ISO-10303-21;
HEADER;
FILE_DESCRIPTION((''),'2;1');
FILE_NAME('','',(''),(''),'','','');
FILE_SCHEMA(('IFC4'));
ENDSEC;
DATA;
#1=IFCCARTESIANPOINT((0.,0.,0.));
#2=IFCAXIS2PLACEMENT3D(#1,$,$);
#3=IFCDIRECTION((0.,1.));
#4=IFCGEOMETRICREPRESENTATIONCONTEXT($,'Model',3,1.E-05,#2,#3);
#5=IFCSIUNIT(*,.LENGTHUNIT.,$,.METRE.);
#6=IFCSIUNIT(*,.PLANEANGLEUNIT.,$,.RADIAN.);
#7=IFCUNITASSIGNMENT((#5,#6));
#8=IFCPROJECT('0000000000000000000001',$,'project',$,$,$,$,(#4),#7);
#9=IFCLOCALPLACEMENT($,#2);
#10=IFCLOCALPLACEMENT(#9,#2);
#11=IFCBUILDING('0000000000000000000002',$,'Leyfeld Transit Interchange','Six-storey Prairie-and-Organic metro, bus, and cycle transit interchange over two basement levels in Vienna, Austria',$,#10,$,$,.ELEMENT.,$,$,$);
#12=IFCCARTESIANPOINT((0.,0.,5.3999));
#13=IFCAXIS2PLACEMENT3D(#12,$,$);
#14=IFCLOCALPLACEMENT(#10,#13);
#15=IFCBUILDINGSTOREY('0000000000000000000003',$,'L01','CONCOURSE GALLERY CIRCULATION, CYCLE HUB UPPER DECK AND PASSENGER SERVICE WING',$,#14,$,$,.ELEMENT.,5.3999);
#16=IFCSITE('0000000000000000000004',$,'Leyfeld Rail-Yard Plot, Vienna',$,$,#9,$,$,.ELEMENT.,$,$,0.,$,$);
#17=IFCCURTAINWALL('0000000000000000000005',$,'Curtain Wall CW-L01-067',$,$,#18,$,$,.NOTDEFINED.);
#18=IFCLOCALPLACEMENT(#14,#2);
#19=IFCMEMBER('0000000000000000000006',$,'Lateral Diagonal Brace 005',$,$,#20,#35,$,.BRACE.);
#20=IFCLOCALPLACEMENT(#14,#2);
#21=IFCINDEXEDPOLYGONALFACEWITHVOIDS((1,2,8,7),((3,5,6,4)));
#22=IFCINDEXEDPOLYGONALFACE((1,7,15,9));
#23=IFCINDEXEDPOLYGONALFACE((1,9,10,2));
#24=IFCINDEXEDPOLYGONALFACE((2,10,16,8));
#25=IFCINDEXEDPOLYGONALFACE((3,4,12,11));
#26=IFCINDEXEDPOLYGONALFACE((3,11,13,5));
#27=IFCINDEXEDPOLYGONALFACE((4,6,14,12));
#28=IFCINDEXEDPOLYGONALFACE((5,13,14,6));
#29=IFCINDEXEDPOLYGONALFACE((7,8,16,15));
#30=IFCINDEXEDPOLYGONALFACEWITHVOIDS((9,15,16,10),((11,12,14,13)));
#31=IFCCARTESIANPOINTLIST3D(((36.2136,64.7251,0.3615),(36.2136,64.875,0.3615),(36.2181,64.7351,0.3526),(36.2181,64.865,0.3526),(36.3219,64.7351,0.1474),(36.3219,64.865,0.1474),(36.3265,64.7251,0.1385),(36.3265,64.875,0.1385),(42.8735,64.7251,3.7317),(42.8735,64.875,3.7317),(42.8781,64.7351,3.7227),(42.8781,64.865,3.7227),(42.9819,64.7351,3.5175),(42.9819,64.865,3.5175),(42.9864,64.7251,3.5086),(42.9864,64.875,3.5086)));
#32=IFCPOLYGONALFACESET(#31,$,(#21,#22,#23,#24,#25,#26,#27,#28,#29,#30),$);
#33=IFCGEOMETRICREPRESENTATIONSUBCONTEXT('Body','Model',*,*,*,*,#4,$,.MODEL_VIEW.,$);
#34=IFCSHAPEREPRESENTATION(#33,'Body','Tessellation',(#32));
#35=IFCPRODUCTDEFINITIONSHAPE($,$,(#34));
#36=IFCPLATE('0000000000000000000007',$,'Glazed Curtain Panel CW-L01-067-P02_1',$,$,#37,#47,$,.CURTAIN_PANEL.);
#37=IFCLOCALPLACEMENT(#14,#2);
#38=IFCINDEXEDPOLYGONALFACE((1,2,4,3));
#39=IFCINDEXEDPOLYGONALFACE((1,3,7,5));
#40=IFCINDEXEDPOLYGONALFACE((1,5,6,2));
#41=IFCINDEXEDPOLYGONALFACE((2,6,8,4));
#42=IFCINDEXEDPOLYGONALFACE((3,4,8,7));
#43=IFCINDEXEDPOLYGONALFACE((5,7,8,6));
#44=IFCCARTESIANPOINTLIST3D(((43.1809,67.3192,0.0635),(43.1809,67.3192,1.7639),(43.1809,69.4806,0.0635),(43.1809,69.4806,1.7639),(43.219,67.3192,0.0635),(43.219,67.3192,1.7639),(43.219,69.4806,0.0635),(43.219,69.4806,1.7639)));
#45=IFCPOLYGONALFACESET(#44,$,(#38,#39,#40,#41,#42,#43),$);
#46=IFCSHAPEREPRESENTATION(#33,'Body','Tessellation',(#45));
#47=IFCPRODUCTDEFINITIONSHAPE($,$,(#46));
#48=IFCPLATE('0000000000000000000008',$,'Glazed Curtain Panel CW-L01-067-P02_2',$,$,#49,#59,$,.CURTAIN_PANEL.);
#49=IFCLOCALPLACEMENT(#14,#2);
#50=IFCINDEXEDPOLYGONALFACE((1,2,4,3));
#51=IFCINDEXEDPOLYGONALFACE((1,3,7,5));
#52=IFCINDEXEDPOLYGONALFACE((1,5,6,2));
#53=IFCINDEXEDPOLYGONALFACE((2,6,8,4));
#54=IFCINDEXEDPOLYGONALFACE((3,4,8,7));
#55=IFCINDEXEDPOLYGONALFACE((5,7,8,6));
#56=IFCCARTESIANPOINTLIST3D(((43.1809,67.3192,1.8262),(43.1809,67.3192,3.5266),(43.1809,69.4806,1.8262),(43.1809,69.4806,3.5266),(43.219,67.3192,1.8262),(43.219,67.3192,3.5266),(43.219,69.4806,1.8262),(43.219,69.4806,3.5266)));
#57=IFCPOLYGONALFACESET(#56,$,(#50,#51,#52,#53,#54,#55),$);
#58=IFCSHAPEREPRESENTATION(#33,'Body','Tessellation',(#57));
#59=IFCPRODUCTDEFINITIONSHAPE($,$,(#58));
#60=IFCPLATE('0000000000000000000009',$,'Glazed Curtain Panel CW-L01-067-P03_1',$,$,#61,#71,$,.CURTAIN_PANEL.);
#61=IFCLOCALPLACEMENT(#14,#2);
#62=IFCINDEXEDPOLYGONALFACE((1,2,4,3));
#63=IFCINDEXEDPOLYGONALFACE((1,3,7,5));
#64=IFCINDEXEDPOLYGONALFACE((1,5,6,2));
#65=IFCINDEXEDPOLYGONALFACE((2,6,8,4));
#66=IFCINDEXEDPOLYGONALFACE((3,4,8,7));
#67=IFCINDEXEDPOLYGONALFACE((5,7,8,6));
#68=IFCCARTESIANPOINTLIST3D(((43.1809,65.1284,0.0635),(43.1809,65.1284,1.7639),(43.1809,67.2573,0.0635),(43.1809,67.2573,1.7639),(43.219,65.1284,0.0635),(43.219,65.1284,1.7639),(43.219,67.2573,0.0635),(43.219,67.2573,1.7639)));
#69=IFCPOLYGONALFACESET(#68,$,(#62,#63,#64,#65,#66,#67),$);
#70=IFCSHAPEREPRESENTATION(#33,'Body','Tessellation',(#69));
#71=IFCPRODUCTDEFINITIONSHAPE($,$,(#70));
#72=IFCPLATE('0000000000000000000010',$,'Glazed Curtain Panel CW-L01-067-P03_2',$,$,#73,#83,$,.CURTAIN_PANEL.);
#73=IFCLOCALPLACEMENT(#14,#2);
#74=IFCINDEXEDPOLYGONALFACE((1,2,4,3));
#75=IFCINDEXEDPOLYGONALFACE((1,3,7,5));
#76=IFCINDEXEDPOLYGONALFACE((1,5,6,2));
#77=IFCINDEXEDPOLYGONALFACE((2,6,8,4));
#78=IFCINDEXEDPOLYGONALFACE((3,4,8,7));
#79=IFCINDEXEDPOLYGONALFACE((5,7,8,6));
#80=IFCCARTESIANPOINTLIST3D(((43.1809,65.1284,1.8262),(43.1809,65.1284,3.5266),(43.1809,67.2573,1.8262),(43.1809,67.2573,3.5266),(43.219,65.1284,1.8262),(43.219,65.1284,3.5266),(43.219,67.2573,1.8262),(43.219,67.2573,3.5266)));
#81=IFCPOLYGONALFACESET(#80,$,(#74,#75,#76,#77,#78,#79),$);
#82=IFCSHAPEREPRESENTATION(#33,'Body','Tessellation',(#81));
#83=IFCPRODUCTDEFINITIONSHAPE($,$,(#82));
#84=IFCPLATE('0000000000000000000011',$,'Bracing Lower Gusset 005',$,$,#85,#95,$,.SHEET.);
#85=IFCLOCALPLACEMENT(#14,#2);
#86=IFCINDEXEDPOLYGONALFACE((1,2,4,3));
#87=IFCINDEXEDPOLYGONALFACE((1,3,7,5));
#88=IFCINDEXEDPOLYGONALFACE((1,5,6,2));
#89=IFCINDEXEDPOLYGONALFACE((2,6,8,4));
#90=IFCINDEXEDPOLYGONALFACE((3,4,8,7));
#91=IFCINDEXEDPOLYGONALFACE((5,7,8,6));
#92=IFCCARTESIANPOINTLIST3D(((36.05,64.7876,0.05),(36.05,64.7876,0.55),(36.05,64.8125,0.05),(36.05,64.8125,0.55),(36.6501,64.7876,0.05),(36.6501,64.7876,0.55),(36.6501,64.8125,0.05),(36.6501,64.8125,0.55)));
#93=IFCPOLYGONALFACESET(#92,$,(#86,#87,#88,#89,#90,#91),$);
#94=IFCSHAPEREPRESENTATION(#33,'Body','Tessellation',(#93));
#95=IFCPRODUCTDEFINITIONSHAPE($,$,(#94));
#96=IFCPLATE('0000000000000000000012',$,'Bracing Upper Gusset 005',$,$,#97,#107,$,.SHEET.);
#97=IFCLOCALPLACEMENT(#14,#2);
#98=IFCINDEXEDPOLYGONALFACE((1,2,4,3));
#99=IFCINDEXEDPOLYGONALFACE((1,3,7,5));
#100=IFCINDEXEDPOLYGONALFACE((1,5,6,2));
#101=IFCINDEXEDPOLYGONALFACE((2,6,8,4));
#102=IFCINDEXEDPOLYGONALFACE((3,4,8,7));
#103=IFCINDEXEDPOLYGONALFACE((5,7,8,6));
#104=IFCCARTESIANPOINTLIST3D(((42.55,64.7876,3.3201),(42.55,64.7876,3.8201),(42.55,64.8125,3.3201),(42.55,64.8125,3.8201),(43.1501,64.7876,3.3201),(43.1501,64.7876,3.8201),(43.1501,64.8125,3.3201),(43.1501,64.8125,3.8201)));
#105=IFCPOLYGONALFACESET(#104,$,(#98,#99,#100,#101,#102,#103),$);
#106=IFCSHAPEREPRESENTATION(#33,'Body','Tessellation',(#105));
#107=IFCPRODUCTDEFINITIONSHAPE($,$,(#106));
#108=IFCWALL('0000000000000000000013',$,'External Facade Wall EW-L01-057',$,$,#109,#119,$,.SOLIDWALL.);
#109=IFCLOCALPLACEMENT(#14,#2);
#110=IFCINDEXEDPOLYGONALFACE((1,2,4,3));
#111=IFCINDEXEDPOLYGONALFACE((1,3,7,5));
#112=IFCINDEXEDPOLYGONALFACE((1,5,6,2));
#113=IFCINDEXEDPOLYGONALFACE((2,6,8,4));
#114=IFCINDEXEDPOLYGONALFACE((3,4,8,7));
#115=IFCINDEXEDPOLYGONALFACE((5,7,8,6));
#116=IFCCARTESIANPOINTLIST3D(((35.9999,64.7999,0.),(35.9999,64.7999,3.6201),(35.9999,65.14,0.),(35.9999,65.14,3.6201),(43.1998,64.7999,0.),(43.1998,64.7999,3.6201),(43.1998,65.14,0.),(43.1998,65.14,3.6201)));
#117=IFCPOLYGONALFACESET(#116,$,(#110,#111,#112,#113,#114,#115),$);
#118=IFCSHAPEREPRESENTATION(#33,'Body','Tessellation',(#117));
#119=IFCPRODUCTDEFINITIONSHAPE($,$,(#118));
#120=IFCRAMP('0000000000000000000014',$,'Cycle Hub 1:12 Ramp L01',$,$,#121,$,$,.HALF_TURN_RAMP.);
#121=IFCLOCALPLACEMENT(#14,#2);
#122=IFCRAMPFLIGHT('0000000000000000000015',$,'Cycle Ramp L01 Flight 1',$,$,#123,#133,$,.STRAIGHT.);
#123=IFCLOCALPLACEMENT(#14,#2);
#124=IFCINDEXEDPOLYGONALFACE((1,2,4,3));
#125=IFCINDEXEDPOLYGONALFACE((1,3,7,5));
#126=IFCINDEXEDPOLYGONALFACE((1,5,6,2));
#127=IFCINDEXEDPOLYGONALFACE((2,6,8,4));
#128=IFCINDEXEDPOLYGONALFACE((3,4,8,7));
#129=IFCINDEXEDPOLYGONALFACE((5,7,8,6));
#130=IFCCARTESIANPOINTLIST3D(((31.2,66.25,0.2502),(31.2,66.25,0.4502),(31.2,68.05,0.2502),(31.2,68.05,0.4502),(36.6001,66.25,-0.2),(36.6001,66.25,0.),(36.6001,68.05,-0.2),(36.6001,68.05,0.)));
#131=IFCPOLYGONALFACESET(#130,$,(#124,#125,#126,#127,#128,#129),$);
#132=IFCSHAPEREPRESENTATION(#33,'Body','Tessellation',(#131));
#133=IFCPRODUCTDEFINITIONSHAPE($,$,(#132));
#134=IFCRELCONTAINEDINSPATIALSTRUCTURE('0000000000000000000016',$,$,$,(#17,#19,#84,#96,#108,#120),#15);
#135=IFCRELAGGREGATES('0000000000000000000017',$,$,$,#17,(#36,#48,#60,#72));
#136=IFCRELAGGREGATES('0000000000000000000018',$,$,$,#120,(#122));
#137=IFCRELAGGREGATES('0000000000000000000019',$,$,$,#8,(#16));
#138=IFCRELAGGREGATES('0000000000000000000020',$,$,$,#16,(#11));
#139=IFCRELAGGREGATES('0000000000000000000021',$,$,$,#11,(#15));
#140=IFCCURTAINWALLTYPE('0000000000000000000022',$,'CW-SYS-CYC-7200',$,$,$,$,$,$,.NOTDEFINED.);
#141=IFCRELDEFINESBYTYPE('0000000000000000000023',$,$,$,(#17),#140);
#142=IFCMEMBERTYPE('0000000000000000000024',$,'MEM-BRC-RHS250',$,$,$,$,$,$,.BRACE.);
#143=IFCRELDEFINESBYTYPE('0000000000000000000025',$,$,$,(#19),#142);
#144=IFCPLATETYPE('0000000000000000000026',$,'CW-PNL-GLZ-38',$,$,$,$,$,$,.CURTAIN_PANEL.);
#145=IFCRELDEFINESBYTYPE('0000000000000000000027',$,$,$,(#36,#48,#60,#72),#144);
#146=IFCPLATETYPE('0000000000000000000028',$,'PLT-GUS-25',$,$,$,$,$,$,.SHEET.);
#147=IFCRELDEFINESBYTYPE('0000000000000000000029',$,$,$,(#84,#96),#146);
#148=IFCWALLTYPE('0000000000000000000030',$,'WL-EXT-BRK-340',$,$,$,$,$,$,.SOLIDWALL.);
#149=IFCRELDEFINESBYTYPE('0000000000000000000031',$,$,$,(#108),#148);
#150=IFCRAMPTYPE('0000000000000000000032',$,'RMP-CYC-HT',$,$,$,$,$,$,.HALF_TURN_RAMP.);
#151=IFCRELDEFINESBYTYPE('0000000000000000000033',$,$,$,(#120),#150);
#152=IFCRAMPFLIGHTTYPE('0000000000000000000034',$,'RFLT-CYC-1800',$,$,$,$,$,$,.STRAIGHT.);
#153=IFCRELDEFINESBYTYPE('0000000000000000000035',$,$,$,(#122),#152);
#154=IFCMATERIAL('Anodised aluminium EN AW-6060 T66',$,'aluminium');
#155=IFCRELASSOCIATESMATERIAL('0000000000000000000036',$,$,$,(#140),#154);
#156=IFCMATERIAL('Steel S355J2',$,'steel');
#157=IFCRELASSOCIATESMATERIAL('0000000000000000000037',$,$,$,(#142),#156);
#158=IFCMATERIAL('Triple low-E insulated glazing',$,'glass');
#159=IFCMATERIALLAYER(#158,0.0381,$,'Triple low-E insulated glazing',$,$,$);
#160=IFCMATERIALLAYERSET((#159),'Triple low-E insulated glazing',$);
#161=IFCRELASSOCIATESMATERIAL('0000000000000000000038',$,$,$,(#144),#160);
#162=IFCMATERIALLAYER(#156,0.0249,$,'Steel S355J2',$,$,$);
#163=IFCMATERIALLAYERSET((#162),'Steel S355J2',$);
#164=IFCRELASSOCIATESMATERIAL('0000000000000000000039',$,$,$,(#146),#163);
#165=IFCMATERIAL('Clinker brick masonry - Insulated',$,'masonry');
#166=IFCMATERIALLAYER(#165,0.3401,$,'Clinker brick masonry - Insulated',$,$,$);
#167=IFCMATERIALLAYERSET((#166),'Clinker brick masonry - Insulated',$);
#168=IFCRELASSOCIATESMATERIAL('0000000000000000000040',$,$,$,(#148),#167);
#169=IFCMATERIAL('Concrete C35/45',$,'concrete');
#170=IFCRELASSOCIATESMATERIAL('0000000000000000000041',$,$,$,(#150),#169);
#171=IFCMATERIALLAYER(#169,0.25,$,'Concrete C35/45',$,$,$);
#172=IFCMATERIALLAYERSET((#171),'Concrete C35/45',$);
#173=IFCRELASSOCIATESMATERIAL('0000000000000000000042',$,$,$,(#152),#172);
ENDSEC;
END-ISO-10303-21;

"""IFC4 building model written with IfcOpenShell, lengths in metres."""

from ifc_helpers import new_model, si_unit, direction, frame, frame_2d, origin, origin_2d, place, context, subcontext, project, spatial, polyline, rectangle, hollow_rectangle, outline, extrude, material, layer, layer_set, material_profile, profile_set, type_object, element, aggregate, save


model = new_model("IFC4")

# Units and contexts
model_context = context("Model", 3, precision=1e-05, world=origin(), true_north=direction((0.0, 1.0)))
body_context = subcontext(model_context, "Body", "Model", "MODEL_VIEW")
ifc_project = project(units=[si_unit("LENGTHUNIT", "METRE"), si_unit("PLANEANGLEUNIT", "RADIAN")], contexts=[model_context])

# Site, building, storey
site_placement = place(None, origin())
site = spatial("IfcSite", under=ifc_project, at=site_placement, Name="Leyfeld Rail-Yard Plot, Vienna", CompositionType="ELEMENT", RefElevation=0.0)
building_placement = place(site_placement, origin())
building = spatial("IfcBuilding", under=site, at=building_placement, Name="Leyfeld Transit Interchange", Description="Six-storey Prairie-and-Organic metro, bus, and cycle transit interchange over two basement levels in Vienna, Austria", CompositionType="ELEMENT")
storey_placement = place(building_placement, frame((0.0, 0.0, 5.3999)))
storey = spatial("IfcBuildingStorey", under=building, at=storey_placement, Name="L01", Description="CONCOURSE GALLERY CIRCULATION, CYCLE HUB UPPER DECK AND PASSENGER SERVICE WING", CompositionType="ELEMENT", Elevation=5.3999)

# Shared definitions
ifc_material_1 = material(Name="Concrete C35/45", Category="concrete")

# Shared definitions
ifc_material_2 = material(Name="Steel S355J2", Category="steel")

# Curtain wall
ifc_material_3 = material(Name="Anodised aluminium EN AW-6060 T66", Category="aluminium")
curtain_wall_type = type_object("IfcCurtainWallType", Name="CW-SYS-CYC-7200", PredefinedType="NOTDEFINED", material=ifc_material_3)
curtain_wall_placement = place(storey_placement, origin())
curtain_wall = element("IfcCurtainWall", 1, at=curtain_wall_placement, inside=storey, type_object=curtain_wall_type, Name="Curtain Wall CW-L01-067", PredefinedType="NOTDEFINED")

# Member
ifc_material_profile_1 = material_profile(ifc_material_2, hollow_rectangle(XDim=0.1499, YDim=0.25, WallThickness=0.01, at=origin_2d()), Name="RHS 250x150x10")
ifc_profile_set_1 = profile_set([ifc_material_profile_1], Name="Steel S355J2")
member_type_1 = type_object("IfcMemberType", Name="MEM-BRC-RHS250", PredefinedType="BRACE", material=ifc_profile_set_1)
member_1_placement = place(storey_placement, frame((36.27, 64.8, 0.25), z_axis=(0.892265, 0.0, 0.451513), x_axis=(0.0, 1.0, 0.0)))
element("IfcMember", 2, at=member_1_placement, inside=storey, type_object=member_type_1, Name="Lateral Diagonal Brace 005", PredefinedType="BRACE", context=body_context, shape_type="SweptSolid", body=[
    extrude(hollow_rectangle(XDim=0.1499, YDim=0.25, WallThickness=0.01, at=origin_2d()), origin(), (0.0, 0.0, 1.0), 7.4641),
])

# Plates
ifc_material_4 = material(Name="Triple low-E insulated glazing", Category="glass")
ifc_layer_1 = layer(ifc_material_4, 0.0381, Name="Triple low-E insulated glazing")
ifc_layer_set_1 = layer_set([ifc_layer_1], Name="Triple low-E insulated glazing")
plate_type_1 = type_object("IfcPlateType", Name="CW-PNL-GLZ-38", PredefinedType="CURTAIN_PANEL", material=ifc_layer_set_1)
plate_1_placement = place(storey_placement, frame((43.2, 68.3999, 0.0635), z_axis=(0.0, 0.0, 1.0), x_axis=(0.0, -1.0, 0.0)))
plate_1 = element("IfcPlate", 3, at=plate_1_placement, type_object=plate_type_1, Name="Glazed Curtain Panel CW-L01-067-P02_1", PredefinedType="CURTAIN_PANEL", context=body_context, shape_type="SweptSolid", body=[
    extrude(rectangle(XDim=2.1614, YDim=0.0381, at=origin_2d()), origin(), (0.0, 0.0, 1.0), 1.7004),
])
plate_2_placement = place(storey_placement, frame((43.2, 68.3999, 1.8262), z_axis=(0.0, 0.0, 1.0), x_axis=(0.0, -1.0, 0.0)))
plate_2 = element("IfcPlate", 4, at=plate_2_placement, type_object=plate_type_1, Name="Glazed Curtain Panel CW-L01-067-P02_2", PredefinedType="CURTAIN_PANEL", context=body_context, shape_type="SweptSolid", body=[
    extrude(rectangle(XDim=2.1614, YDim=0.0381, at=origin_2d()), origin(), (0.0, 0.0, 1.0), 1.7004),
])
plate_3_placement = place(storey_placement, frame((43.2, 66.1929, 0.0635), z_axis=(0.0, 0.0, 1.0), x_axis=(0.0, -1.0, 0.0)))
plate_3 = element("IfcPlate", 5, at=plate_3_placement, type_object=plate_type_1, Name="Glazed Curtain Panel CW-L01-067-P03_1", PredefinedType="CURTAIN_PANEL", context=body_context, shape_type="SweptSolid", body=[
    extrude(rectangle(XDim=2.1289, YDim=0.0381, at=origin_2d()), origin(), (0.0, 0.0, 1.0), 1.7004),
])
plate_4_placement = place(storey_placement, frame((43.2, 66.1929, 1.8262), z_axis=(0.0, 0.0, 1.0), x_axis=(0.0, -1.0, 0.0)))
plate_4 = element("IfcPlate", 6, at=plate_4_placement, type_object=plate_type_1, Name="Glazed Curtain Panel CW-L01-067-P03_2", PredefinedType="CURTAIN_PANEL", context=body_context, shape_type="SweptSolid", body=[
    extrude(rectangle(XDim=2.1289, YDim=0.0381, at=origin_2d()), origin(), (0.0, 0.0, 1.0), 1.7004),
])
aggregate(curtain_wall, [plate_1, plate_2, plate_3, plate_4])

# Plates
ifc_layer_2 = layer(ifc_material_2, 0.0249, Name="Steel S355J2")
ifc_layer_set_2 = layer_set([ifc_layer_2], Name="Steel S355J2")
plate_type_2 = type_object("IfcPlateType", Name="PLT-GUS-25", PredefinedType="SHEET", material=ifc_layer_set_2)
for number, where, z_axis, x_axis, name in (
    (7, (36.3501, 64.8, 0.05), (0.0, 0.0, 1.0), (1.0, 0.0, 0.0), "Bracing Lower Gusset 005"),
    (8, (42.8501, 64.8, 3.3201), (0.0, 0.0, 1.0), (1.0, 0.0, 0.0), "Bracing Upper Gusset 005"),
):
    element("IfcPlate", number, at=place(storey_placement, frame(where, z_axis=z_axis, x_axis=x_axis)), inside=storey, type_object=plate_type_2, Name=name, PredefinedType="SHEET", context=body_context, shape_type="SweptSolid", body=[
        extrude(rectangle(XDim=0.6001, YDim=0.0249, at=origin_2d()), origin(), (0.0, 0.0, 1.0), 0.5),
    ])

# Wall
ifc_material_5 = material(Name="Clinker brick masonry - Insulated", Category="masonry")
ifc_layer_3 = layer(ifc_material_5, 0.3401, Name="Clinker brick masonry - Insulated")
ifc_layer_set_3 = layer_set([ifc_layer_3], Name="Clinker brick masonry - Insulated")
wall_type = type_object("IfcWallType", Name="WL-EXT-BRK-340", PredefinedType="SOLIDWALL", material=ifc_layer_set_3)
wall_placement = place(storey_placement, frame((43.2, 64.97, 0.0), z_axis=(0.0, 0.0, 1.0), x_axis=(-1.0, 0.0, 0.0)))
element("IfcWall", 9, at=wall_placement, inside=storey, type_object=wall_type, Name="External Facade Wall EW-L01-057", PredefinedType="SOLIDWALL", context=body_context, shape_type="SweptSolid", body=[
    extrude(rectangle(XDim=7.2, YDim=0.3401, at=frame_2d((3.6001, 0.0))), origin(), (0.0, 0.0, 1.0), 3.6201),
])

# Ramp, ramp flight
ramp_type = type_object("IfcRampType", Name="RMP-CYC-HT", PredefinedType="HALF_TURN_RAMP", material=ifc_material_1)
ramp_placement = place(storey_placement, origin())
ramp = element("IfcRamp", 10, at=ramp_placement, inside=storey, type_object=ramp_type, Name="Cycle Hub 1:12 Ramp L01", PredefinedType="HALF_TURN_RAMP")
ifc_layer_4 = layer(ifc_material_1, 0.25, Name="Concrete C35/45")
ifc_layer_set_4 = layer_set([ifc_layer_4], Name="Concrete C35/45")
ramp_flight_type = type_object("IfcRampFlightType", Name="RFLT-CYC-1800", PredefinedType="STRAIGHT", material=ifc_layer_set_4)
ramp_flight_placement = place(storey_placement, frame((36.6001, 67.1499, 0.0), z_axis=(0.0, 0.0, 1.0), x_axis=(-1.0, 0.0, 0.0)))
ramp_flight = element("IfcRampFlight", 11, at=ramp_flight_placement, type_object=ramp_flight_type, Name="Cycle Ramp L01 Flight 1", PredefinedType="STRAIGHT", context=body_context, shape_type="SweptSolid", body=[
    extrude(outline(polyline([(0.0, 0.0), (5.4001, 0.4502), (5.4001, 0.2502), (0.0, -0.2), (0.0, 0.0)])), frame((0.0, 0.8999, 0.0), z_axis=(0.0, -1.0, 0.0), x_axis=(1.0, 0.0, 0.0)), (0.0, 0.0, 1.0), 1.8),
])
aggregate(ramp, [ramp_flight])

save(model, "model.ifc")
